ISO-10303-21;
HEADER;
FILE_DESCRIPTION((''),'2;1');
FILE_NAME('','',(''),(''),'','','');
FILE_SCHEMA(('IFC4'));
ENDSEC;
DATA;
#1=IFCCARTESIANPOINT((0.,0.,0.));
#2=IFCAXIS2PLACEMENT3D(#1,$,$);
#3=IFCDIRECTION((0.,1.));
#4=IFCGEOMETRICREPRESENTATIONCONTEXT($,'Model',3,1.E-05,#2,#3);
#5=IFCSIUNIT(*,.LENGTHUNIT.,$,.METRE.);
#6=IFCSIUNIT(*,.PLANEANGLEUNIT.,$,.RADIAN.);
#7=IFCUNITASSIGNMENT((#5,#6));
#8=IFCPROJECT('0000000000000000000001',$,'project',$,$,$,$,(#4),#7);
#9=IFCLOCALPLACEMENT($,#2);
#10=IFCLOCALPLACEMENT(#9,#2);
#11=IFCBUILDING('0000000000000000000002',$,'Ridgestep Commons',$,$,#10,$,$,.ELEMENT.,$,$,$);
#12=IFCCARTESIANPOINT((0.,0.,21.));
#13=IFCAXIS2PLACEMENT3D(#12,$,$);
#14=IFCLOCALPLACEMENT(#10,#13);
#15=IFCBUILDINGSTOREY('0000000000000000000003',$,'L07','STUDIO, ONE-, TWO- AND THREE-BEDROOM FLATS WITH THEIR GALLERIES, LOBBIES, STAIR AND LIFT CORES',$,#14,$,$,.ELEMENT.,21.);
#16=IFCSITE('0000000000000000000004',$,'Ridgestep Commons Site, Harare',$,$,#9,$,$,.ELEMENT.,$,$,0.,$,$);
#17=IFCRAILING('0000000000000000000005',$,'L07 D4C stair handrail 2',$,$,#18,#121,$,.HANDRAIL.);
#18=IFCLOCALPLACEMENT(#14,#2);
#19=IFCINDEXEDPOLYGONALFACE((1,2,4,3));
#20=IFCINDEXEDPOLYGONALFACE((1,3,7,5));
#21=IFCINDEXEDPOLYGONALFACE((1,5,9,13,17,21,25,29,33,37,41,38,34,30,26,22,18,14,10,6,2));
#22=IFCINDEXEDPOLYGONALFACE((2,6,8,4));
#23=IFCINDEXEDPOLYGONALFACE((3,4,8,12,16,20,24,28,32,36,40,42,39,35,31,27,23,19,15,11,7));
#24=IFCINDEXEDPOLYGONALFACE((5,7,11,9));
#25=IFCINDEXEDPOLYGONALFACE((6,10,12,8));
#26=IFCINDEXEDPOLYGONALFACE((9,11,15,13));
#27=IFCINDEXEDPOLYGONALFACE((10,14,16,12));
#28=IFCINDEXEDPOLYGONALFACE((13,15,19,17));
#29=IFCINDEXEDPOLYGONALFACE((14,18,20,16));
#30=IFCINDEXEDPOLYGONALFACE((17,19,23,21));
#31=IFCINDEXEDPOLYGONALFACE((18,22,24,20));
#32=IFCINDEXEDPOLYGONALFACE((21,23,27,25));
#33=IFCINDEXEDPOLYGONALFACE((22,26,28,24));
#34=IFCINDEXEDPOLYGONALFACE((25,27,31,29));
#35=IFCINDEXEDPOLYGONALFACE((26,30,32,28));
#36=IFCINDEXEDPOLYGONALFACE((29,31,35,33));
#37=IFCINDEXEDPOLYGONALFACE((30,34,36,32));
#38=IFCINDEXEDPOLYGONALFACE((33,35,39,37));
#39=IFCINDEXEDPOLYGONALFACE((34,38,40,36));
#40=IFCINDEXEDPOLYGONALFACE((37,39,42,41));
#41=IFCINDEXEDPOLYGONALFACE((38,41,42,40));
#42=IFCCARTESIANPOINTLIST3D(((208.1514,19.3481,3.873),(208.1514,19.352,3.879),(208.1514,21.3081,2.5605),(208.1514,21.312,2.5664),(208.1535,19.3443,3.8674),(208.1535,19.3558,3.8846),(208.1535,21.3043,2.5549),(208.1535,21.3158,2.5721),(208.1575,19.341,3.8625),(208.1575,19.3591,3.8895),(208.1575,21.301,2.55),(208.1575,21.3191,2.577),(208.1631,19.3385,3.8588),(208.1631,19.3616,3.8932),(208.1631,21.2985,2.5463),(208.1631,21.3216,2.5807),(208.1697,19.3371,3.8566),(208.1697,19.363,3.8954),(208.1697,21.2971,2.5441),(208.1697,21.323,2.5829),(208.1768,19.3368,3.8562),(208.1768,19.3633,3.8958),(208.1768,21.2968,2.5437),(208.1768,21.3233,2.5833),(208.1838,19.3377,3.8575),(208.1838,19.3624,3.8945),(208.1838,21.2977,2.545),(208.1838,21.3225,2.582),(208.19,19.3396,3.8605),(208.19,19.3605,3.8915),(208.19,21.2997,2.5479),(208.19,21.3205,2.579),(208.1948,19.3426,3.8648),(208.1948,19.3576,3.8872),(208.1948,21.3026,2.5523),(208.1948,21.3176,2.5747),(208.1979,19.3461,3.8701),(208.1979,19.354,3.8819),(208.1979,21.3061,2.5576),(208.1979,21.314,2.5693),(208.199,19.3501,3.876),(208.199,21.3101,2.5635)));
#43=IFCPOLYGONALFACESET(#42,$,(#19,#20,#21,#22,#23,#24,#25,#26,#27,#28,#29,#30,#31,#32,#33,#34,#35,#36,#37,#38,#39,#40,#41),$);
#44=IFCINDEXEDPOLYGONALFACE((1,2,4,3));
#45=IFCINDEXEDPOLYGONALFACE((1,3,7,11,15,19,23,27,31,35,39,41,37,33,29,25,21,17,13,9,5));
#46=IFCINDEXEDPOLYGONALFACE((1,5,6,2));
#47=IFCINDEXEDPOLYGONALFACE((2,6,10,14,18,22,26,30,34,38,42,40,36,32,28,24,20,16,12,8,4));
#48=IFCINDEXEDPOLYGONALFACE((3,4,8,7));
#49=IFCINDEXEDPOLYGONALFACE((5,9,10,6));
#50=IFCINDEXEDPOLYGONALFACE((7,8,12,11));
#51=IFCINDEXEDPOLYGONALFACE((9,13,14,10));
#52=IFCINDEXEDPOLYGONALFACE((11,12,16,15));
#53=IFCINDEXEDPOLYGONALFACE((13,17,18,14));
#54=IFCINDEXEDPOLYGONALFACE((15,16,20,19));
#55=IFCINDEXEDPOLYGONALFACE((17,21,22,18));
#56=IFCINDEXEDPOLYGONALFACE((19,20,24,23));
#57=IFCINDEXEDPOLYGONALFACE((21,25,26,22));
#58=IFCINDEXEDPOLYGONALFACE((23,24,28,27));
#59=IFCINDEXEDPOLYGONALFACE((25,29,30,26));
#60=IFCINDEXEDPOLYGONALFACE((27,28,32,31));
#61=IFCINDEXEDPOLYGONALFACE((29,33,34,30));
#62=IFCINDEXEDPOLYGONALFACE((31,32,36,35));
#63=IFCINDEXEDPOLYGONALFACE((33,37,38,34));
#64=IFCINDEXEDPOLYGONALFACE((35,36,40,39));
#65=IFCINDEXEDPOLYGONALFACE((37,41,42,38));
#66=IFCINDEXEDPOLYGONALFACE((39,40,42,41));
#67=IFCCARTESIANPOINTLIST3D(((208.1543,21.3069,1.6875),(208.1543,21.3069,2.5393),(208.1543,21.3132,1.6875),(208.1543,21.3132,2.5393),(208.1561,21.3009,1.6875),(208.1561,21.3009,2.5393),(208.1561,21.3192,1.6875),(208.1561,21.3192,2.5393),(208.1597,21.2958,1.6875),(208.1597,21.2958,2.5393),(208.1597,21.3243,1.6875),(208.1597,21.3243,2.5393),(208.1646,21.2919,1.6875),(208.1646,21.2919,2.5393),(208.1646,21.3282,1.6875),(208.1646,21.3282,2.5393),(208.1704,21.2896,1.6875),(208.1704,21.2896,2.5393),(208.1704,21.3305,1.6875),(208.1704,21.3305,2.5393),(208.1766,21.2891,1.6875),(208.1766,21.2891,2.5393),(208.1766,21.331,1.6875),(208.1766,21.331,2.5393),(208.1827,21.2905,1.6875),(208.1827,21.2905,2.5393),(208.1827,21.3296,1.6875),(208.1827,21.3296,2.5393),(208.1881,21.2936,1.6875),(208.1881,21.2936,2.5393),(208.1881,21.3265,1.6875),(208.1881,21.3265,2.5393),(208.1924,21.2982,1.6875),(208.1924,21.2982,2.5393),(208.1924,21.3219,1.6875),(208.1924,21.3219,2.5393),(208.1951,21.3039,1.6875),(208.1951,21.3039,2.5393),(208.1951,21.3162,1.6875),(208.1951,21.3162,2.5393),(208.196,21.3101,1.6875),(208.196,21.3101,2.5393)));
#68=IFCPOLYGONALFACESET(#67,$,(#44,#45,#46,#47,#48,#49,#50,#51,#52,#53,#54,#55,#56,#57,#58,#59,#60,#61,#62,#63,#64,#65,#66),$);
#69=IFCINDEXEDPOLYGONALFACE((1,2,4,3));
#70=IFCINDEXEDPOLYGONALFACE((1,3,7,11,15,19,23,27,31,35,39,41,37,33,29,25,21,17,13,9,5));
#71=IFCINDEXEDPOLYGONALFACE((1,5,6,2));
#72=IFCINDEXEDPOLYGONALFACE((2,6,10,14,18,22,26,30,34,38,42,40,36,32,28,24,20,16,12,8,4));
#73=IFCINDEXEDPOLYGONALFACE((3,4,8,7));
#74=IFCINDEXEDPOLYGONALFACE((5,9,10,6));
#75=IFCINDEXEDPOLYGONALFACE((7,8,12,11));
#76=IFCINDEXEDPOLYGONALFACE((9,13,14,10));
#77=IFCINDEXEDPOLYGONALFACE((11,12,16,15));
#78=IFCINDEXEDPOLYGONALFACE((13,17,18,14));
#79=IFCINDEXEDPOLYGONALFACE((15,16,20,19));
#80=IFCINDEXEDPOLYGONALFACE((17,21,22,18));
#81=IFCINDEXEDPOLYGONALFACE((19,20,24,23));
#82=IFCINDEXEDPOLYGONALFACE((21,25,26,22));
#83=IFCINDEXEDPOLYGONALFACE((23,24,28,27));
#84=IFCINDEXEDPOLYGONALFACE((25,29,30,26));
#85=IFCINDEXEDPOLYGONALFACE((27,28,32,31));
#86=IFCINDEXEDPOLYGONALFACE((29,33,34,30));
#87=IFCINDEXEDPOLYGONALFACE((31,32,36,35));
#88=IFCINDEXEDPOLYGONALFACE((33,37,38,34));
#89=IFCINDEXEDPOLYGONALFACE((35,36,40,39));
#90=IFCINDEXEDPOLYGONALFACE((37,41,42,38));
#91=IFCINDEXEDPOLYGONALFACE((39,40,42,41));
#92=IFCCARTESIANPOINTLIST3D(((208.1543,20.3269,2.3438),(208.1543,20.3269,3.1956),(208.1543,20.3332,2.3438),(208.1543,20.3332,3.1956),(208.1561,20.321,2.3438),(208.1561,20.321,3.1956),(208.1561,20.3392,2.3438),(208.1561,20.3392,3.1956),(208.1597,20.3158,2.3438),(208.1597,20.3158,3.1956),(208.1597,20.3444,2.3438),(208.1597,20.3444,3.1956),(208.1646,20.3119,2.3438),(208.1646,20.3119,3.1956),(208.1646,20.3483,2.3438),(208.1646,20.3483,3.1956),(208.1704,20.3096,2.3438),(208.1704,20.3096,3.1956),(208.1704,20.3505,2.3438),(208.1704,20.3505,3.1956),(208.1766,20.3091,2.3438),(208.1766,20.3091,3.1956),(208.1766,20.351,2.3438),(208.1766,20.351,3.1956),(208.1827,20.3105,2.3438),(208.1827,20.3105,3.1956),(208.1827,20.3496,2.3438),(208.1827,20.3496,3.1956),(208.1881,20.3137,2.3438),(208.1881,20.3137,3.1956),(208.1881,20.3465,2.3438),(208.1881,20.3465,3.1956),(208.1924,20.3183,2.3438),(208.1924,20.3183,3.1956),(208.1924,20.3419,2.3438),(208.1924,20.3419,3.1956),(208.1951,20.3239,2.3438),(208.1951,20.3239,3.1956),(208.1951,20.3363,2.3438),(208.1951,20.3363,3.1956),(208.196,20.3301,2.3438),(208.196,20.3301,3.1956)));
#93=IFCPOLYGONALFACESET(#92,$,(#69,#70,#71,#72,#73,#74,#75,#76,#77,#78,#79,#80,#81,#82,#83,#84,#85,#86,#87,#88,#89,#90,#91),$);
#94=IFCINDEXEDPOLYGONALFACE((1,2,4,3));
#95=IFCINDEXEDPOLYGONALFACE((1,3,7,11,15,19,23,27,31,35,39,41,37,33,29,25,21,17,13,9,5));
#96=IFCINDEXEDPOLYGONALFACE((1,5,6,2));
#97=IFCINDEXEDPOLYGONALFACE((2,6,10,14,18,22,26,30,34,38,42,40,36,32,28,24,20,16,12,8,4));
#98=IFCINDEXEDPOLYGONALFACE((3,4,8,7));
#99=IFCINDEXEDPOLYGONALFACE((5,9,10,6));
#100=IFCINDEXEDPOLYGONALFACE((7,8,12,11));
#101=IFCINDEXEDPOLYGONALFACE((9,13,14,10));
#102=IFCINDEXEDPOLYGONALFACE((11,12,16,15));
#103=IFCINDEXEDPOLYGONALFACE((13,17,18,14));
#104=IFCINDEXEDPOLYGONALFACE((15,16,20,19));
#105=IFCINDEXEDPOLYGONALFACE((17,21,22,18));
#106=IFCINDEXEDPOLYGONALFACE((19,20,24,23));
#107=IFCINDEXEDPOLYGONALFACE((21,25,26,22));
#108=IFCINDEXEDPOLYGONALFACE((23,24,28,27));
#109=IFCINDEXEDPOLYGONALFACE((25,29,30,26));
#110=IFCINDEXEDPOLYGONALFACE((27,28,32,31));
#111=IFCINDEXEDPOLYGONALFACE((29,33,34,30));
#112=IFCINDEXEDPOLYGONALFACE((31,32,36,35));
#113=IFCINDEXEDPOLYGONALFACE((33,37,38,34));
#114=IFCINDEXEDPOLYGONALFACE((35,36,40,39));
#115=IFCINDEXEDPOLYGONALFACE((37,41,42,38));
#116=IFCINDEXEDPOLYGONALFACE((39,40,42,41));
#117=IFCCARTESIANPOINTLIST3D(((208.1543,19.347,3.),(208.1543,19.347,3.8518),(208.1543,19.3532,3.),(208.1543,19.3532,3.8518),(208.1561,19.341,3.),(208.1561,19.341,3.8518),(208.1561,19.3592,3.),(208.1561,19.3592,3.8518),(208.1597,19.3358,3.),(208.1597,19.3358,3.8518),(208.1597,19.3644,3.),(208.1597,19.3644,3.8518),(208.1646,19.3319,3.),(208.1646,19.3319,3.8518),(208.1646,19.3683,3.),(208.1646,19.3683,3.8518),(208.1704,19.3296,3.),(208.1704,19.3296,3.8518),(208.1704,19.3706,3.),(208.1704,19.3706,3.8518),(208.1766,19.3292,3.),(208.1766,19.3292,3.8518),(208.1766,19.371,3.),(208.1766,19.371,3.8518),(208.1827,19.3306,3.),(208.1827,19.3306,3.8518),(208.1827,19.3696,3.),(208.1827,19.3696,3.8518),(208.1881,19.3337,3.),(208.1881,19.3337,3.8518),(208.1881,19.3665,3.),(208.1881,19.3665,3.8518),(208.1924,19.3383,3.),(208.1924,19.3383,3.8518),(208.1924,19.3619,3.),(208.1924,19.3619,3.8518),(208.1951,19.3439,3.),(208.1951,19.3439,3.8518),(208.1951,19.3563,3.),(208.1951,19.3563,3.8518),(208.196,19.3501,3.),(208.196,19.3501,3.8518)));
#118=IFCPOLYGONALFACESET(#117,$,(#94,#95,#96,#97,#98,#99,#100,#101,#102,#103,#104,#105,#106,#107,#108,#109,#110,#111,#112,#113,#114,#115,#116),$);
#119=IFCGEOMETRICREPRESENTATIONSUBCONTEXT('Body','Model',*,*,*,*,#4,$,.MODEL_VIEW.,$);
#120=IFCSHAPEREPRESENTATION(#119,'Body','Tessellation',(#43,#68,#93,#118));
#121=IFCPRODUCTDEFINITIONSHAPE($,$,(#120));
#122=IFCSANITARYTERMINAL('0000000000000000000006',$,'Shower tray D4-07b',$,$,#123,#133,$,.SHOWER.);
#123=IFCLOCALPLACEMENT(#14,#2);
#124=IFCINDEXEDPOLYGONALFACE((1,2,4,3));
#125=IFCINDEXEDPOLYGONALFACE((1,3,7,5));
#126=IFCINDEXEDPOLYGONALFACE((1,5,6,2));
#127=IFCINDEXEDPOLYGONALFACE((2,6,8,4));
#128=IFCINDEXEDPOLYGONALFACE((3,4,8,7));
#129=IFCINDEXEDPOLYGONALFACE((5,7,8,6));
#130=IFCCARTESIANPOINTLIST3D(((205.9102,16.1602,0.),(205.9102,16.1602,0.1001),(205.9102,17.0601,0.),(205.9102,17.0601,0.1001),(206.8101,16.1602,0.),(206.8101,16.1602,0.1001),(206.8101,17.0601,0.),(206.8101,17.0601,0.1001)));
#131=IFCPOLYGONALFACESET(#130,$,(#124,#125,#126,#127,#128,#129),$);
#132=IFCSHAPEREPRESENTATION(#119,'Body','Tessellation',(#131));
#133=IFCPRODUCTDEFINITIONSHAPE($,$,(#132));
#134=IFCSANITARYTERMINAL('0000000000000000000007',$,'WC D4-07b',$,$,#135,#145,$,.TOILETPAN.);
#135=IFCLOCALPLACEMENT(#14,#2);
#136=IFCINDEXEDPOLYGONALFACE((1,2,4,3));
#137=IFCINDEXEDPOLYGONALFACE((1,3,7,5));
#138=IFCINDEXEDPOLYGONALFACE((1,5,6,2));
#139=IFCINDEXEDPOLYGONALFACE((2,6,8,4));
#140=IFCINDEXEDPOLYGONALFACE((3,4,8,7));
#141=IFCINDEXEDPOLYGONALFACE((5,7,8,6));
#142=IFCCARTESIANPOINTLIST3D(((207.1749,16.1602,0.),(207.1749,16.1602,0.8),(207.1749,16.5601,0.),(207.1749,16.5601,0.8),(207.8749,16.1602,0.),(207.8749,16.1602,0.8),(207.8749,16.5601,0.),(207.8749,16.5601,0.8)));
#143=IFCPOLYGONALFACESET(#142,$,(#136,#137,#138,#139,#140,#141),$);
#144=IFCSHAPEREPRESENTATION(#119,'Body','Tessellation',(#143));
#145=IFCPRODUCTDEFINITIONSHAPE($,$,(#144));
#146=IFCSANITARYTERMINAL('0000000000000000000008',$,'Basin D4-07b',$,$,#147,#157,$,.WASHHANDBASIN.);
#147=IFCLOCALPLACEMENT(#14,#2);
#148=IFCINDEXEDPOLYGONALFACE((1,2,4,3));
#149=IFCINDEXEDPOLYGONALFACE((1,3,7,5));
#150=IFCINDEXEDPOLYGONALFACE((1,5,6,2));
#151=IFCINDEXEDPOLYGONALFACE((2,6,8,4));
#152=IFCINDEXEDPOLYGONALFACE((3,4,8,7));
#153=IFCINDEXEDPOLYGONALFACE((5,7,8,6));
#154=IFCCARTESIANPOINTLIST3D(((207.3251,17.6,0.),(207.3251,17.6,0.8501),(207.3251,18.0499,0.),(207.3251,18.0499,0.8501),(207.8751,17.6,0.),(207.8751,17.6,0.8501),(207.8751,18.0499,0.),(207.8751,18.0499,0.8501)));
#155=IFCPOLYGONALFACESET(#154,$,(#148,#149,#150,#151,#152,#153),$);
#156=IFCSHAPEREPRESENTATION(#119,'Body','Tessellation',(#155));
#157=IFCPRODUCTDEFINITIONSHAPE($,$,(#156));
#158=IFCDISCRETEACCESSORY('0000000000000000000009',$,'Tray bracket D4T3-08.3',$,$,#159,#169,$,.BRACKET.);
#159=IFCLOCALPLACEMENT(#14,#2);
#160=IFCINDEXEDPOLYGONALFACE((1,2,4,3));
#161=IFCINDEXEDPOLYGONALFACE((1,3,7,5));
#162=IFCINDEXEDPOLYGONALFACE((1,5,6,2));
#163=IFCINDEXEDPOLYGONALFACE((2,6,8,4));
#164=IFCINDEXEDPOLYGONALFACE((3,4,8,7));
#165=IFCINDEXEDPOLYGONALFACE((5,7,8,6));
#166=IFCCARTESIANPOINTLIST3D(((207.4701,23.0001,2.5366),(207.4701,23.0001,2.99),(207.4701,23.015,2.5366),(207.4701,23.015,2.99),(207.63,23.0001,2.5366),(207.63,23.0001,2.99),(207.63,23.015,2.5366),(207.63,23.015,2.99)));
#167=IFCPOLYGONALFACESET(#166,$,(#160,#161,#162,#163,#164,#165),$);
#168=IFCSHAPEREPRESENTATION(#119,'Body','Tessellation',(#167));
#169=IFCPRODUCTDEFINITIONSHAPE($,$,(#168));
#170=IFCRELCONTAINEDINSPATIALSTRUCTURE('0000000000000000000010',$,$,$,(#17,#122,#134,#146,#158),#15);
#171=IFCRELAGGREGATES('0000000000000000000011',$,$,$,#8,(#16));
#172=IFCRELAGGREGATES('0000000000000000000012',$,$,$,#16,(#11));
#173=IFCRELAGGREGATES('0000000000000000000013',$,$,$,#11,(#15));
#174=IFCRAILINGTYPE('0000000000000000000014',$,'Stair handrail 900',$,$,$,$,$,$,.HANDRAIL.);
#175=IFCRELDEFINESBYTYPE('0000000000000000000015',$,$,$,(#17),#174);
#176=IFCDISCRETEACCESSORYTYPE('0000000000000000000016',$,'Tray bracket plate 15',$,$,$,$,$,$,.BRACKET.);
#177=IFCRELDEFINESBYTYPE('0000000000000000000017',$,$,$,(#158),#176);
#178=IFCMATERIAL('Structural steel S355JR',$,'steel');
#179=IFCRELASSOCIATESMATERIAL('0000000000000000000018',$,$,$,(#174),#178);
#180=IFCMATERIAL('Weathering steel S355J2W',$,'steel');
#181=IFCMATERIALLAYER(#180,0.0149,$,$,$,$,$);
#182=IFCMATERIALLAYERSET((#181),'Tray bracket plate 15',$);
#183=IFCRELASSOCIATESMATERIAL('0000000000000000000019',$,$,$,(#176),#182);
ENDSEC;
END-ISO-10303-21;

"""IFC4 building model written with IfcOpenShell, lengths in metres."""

from ifc_helpers import new_model, si_unit, direction, frame, origin, origin_2d, place, context, subcontext, project, spatial, rectangle, circle, extrude, material, layer, layer_set, type_object, element, save


model = new_model("IFC4")

# Units and contexts
model_context = context("Model", 3, precision=1e-05, world=origin(), true_north=direction((0.0, 1.0)))
body_context = subcontext(model_context, "Body", "Model", "MODEL_VIEW")
ifc_project = project(units=[si_unit("LENGTHUNIT", "METRE"), si_unit("PLANEANGLEUNIT", "RADIAN")], contexts=[model_context])

# Site, building, storey
site_placement = place(None, origin())
site = spatial("IfcSite", under=ifc_project, at=site_placement, Name="Ridgestep Commons Site, Harare", CompositionType="ELEMENT", RefElevation=0.0)
building_placement = place(site_placement, origin())
building = spatial("IfcBuilding", under=site, at=building_placement, Name="Ridgestep Commons", CompositionType="ELEMENT")
storey_placement = place(building_placement, frame((0.0, 0.0, 21.0)))
storey = spatial("IfcBuildingStorey", under=building, at=storey_placement, Name="L07", Description="STUDIO, ONE-, TWO- AND THREE-BEDROOM FLATS WITH THEIR GALLERIES, LOBBIES, STAIR AND LIFT CORES", CompositionType="ELEMENT", Elevation=21.0)

# Railing
ifc_material_1 = material(Name="Structural steel S355JR", Category="steel")
railing_type_1 = type_object("IfcRailingType", Name="Stair handrail 900", PredefinedType="HANDRAIL", material=ifc_material_1)
railing_1_placement = place(storey_placement, frame((208.175, 21.3101, 1.6875)))
element("IfcRailing", 1, at=railing_1_placement, inside=storey, type_object=railing_type_1, Name="L07 D4C stair handrail 2", PredefinedType="HANDRAIL", context=body_context, shape_type="SweptSolid", body=[
    extrude(circle(Radius=0.0239, at=origin_2d()), frame((0.0, 0.0, 0.876), z_axis=(0.0, -0.830902, 0.556419), x_axis=(1.0, 0.0, 0.0)), (0.0, 0.0, 1.0), 2.3589),
    extrude(circle(Radius=0.021, at=origin_2d()), origin(), (0.0, 0.0, 1.0), 0.8518),
    extrude(circle(Radius=0.021, at=origin_2d()), frame((0.0, -0.98, 0.6562)), (0.0, 0.0, 1.0), 0.8518),
    extrude(circle(Radius=0.021, at=origin_2d()), frame((0.0, -1.96, 1.3125)), (0.0, 0.0, 1.0), 0.8518),
])

# Sanitary terminals
sanitary_terminal_1_placement = place(storey_placement, frame((206.3601, 16.6101, 0.0), z_axis=(0.0, 0.0, 1.0), x_axis=(1.0, 0.0, 0.0)))
element("IfcSanitaryTerminal", 2, at=sanitary_terminal_1_placement, inside=storey, Name="Shower tray D4-07b", PredefinedType="SHOWER", context=body_context, shape_type="SweptSolid", body=[
    extrude(rectangle(XDim=0.8999, YDim=0.8999, at=origin_2d()), origin(), (0.0, 0.0, 1.0), 0.1001),
])
sanitary_terminal_2_placement = place(storey_placement, frame((207.5249, 16.3601, 0.0), z_axis=(0.0, 0.0, 1.0), x_axis=(1.0, 0.0, 0.0)))
element("IfcSanitaryTerminal", 3, at=sanitary_terminal_2_placement, inside=storey, Name="WC D4-07b", PredefinedType="TOILETPAN", context=body_context, shape_type="SweptSolid", body=[
    extrude(rectangle(XDim=0.7, YDim=0.3999, at=origin_2d()), origin(), (0.0, 0.0, 1.0), 0.8),
])
sanitary_terminal_3_placement = place(storey_placement, frame((207.6001, 17.825, 0.0), z_axis=(0.0, 0.0, 1.0), x_axis=(1.0, 0.0, 0.0)))
element("IfcSanitaryTerminal", 4, at=sanitary_terminal_3_placement, inside=storey, Name="Basin D4-07b", PredefinedType="WASHHANDBASIN", context=body_context, shape_type="SweptSolid", body=[
    extrude(rectangle(XDim=0.55, YDim=0.45, at=origin_2d()), origin(), (0.0, 0.0, 1.0), 0.8501),
])

# Discrete accessory
ifc_material_2 = material(Name="Weathering steel S355J2W", Category="steel")
ifc_layer_1 = layer(ifc_material_2, 0.0149)
ifc_layer_set_1 = layer_set([ifc_layer_1], Name="Tray bracket plate 15")
discrete_accessory_type = type_object("IfcDiscreteAccessoryType", Name="Tray bracket plate 15", PredefinedType="BRACKET", material=ifc_layer_set_1)
discrete_accessory_placement = place(storey_placement, frame((207.55, 23.0076, 2.5366), z_axis=(0.0, 0.0, 1.0), x_axis=(1.0, 0.0, 0.0)))
element("IfcDiscreteAccessory", 5, at=discrete_accessory_placement, inside=storey, type_object=discrete_accessory_type, Name="Tray bracket D4T3-08.3", PredefinedType="BRACKET", context=body_context, shape_type="SweptSolid", body=[
    extrude(rectangle(XDim=0.1599, YDim=0.0149, at=origin_2d()), origin(), (0.0, 0.0, 1.0), 0.4534),
])

save(model, "model.ifc")
